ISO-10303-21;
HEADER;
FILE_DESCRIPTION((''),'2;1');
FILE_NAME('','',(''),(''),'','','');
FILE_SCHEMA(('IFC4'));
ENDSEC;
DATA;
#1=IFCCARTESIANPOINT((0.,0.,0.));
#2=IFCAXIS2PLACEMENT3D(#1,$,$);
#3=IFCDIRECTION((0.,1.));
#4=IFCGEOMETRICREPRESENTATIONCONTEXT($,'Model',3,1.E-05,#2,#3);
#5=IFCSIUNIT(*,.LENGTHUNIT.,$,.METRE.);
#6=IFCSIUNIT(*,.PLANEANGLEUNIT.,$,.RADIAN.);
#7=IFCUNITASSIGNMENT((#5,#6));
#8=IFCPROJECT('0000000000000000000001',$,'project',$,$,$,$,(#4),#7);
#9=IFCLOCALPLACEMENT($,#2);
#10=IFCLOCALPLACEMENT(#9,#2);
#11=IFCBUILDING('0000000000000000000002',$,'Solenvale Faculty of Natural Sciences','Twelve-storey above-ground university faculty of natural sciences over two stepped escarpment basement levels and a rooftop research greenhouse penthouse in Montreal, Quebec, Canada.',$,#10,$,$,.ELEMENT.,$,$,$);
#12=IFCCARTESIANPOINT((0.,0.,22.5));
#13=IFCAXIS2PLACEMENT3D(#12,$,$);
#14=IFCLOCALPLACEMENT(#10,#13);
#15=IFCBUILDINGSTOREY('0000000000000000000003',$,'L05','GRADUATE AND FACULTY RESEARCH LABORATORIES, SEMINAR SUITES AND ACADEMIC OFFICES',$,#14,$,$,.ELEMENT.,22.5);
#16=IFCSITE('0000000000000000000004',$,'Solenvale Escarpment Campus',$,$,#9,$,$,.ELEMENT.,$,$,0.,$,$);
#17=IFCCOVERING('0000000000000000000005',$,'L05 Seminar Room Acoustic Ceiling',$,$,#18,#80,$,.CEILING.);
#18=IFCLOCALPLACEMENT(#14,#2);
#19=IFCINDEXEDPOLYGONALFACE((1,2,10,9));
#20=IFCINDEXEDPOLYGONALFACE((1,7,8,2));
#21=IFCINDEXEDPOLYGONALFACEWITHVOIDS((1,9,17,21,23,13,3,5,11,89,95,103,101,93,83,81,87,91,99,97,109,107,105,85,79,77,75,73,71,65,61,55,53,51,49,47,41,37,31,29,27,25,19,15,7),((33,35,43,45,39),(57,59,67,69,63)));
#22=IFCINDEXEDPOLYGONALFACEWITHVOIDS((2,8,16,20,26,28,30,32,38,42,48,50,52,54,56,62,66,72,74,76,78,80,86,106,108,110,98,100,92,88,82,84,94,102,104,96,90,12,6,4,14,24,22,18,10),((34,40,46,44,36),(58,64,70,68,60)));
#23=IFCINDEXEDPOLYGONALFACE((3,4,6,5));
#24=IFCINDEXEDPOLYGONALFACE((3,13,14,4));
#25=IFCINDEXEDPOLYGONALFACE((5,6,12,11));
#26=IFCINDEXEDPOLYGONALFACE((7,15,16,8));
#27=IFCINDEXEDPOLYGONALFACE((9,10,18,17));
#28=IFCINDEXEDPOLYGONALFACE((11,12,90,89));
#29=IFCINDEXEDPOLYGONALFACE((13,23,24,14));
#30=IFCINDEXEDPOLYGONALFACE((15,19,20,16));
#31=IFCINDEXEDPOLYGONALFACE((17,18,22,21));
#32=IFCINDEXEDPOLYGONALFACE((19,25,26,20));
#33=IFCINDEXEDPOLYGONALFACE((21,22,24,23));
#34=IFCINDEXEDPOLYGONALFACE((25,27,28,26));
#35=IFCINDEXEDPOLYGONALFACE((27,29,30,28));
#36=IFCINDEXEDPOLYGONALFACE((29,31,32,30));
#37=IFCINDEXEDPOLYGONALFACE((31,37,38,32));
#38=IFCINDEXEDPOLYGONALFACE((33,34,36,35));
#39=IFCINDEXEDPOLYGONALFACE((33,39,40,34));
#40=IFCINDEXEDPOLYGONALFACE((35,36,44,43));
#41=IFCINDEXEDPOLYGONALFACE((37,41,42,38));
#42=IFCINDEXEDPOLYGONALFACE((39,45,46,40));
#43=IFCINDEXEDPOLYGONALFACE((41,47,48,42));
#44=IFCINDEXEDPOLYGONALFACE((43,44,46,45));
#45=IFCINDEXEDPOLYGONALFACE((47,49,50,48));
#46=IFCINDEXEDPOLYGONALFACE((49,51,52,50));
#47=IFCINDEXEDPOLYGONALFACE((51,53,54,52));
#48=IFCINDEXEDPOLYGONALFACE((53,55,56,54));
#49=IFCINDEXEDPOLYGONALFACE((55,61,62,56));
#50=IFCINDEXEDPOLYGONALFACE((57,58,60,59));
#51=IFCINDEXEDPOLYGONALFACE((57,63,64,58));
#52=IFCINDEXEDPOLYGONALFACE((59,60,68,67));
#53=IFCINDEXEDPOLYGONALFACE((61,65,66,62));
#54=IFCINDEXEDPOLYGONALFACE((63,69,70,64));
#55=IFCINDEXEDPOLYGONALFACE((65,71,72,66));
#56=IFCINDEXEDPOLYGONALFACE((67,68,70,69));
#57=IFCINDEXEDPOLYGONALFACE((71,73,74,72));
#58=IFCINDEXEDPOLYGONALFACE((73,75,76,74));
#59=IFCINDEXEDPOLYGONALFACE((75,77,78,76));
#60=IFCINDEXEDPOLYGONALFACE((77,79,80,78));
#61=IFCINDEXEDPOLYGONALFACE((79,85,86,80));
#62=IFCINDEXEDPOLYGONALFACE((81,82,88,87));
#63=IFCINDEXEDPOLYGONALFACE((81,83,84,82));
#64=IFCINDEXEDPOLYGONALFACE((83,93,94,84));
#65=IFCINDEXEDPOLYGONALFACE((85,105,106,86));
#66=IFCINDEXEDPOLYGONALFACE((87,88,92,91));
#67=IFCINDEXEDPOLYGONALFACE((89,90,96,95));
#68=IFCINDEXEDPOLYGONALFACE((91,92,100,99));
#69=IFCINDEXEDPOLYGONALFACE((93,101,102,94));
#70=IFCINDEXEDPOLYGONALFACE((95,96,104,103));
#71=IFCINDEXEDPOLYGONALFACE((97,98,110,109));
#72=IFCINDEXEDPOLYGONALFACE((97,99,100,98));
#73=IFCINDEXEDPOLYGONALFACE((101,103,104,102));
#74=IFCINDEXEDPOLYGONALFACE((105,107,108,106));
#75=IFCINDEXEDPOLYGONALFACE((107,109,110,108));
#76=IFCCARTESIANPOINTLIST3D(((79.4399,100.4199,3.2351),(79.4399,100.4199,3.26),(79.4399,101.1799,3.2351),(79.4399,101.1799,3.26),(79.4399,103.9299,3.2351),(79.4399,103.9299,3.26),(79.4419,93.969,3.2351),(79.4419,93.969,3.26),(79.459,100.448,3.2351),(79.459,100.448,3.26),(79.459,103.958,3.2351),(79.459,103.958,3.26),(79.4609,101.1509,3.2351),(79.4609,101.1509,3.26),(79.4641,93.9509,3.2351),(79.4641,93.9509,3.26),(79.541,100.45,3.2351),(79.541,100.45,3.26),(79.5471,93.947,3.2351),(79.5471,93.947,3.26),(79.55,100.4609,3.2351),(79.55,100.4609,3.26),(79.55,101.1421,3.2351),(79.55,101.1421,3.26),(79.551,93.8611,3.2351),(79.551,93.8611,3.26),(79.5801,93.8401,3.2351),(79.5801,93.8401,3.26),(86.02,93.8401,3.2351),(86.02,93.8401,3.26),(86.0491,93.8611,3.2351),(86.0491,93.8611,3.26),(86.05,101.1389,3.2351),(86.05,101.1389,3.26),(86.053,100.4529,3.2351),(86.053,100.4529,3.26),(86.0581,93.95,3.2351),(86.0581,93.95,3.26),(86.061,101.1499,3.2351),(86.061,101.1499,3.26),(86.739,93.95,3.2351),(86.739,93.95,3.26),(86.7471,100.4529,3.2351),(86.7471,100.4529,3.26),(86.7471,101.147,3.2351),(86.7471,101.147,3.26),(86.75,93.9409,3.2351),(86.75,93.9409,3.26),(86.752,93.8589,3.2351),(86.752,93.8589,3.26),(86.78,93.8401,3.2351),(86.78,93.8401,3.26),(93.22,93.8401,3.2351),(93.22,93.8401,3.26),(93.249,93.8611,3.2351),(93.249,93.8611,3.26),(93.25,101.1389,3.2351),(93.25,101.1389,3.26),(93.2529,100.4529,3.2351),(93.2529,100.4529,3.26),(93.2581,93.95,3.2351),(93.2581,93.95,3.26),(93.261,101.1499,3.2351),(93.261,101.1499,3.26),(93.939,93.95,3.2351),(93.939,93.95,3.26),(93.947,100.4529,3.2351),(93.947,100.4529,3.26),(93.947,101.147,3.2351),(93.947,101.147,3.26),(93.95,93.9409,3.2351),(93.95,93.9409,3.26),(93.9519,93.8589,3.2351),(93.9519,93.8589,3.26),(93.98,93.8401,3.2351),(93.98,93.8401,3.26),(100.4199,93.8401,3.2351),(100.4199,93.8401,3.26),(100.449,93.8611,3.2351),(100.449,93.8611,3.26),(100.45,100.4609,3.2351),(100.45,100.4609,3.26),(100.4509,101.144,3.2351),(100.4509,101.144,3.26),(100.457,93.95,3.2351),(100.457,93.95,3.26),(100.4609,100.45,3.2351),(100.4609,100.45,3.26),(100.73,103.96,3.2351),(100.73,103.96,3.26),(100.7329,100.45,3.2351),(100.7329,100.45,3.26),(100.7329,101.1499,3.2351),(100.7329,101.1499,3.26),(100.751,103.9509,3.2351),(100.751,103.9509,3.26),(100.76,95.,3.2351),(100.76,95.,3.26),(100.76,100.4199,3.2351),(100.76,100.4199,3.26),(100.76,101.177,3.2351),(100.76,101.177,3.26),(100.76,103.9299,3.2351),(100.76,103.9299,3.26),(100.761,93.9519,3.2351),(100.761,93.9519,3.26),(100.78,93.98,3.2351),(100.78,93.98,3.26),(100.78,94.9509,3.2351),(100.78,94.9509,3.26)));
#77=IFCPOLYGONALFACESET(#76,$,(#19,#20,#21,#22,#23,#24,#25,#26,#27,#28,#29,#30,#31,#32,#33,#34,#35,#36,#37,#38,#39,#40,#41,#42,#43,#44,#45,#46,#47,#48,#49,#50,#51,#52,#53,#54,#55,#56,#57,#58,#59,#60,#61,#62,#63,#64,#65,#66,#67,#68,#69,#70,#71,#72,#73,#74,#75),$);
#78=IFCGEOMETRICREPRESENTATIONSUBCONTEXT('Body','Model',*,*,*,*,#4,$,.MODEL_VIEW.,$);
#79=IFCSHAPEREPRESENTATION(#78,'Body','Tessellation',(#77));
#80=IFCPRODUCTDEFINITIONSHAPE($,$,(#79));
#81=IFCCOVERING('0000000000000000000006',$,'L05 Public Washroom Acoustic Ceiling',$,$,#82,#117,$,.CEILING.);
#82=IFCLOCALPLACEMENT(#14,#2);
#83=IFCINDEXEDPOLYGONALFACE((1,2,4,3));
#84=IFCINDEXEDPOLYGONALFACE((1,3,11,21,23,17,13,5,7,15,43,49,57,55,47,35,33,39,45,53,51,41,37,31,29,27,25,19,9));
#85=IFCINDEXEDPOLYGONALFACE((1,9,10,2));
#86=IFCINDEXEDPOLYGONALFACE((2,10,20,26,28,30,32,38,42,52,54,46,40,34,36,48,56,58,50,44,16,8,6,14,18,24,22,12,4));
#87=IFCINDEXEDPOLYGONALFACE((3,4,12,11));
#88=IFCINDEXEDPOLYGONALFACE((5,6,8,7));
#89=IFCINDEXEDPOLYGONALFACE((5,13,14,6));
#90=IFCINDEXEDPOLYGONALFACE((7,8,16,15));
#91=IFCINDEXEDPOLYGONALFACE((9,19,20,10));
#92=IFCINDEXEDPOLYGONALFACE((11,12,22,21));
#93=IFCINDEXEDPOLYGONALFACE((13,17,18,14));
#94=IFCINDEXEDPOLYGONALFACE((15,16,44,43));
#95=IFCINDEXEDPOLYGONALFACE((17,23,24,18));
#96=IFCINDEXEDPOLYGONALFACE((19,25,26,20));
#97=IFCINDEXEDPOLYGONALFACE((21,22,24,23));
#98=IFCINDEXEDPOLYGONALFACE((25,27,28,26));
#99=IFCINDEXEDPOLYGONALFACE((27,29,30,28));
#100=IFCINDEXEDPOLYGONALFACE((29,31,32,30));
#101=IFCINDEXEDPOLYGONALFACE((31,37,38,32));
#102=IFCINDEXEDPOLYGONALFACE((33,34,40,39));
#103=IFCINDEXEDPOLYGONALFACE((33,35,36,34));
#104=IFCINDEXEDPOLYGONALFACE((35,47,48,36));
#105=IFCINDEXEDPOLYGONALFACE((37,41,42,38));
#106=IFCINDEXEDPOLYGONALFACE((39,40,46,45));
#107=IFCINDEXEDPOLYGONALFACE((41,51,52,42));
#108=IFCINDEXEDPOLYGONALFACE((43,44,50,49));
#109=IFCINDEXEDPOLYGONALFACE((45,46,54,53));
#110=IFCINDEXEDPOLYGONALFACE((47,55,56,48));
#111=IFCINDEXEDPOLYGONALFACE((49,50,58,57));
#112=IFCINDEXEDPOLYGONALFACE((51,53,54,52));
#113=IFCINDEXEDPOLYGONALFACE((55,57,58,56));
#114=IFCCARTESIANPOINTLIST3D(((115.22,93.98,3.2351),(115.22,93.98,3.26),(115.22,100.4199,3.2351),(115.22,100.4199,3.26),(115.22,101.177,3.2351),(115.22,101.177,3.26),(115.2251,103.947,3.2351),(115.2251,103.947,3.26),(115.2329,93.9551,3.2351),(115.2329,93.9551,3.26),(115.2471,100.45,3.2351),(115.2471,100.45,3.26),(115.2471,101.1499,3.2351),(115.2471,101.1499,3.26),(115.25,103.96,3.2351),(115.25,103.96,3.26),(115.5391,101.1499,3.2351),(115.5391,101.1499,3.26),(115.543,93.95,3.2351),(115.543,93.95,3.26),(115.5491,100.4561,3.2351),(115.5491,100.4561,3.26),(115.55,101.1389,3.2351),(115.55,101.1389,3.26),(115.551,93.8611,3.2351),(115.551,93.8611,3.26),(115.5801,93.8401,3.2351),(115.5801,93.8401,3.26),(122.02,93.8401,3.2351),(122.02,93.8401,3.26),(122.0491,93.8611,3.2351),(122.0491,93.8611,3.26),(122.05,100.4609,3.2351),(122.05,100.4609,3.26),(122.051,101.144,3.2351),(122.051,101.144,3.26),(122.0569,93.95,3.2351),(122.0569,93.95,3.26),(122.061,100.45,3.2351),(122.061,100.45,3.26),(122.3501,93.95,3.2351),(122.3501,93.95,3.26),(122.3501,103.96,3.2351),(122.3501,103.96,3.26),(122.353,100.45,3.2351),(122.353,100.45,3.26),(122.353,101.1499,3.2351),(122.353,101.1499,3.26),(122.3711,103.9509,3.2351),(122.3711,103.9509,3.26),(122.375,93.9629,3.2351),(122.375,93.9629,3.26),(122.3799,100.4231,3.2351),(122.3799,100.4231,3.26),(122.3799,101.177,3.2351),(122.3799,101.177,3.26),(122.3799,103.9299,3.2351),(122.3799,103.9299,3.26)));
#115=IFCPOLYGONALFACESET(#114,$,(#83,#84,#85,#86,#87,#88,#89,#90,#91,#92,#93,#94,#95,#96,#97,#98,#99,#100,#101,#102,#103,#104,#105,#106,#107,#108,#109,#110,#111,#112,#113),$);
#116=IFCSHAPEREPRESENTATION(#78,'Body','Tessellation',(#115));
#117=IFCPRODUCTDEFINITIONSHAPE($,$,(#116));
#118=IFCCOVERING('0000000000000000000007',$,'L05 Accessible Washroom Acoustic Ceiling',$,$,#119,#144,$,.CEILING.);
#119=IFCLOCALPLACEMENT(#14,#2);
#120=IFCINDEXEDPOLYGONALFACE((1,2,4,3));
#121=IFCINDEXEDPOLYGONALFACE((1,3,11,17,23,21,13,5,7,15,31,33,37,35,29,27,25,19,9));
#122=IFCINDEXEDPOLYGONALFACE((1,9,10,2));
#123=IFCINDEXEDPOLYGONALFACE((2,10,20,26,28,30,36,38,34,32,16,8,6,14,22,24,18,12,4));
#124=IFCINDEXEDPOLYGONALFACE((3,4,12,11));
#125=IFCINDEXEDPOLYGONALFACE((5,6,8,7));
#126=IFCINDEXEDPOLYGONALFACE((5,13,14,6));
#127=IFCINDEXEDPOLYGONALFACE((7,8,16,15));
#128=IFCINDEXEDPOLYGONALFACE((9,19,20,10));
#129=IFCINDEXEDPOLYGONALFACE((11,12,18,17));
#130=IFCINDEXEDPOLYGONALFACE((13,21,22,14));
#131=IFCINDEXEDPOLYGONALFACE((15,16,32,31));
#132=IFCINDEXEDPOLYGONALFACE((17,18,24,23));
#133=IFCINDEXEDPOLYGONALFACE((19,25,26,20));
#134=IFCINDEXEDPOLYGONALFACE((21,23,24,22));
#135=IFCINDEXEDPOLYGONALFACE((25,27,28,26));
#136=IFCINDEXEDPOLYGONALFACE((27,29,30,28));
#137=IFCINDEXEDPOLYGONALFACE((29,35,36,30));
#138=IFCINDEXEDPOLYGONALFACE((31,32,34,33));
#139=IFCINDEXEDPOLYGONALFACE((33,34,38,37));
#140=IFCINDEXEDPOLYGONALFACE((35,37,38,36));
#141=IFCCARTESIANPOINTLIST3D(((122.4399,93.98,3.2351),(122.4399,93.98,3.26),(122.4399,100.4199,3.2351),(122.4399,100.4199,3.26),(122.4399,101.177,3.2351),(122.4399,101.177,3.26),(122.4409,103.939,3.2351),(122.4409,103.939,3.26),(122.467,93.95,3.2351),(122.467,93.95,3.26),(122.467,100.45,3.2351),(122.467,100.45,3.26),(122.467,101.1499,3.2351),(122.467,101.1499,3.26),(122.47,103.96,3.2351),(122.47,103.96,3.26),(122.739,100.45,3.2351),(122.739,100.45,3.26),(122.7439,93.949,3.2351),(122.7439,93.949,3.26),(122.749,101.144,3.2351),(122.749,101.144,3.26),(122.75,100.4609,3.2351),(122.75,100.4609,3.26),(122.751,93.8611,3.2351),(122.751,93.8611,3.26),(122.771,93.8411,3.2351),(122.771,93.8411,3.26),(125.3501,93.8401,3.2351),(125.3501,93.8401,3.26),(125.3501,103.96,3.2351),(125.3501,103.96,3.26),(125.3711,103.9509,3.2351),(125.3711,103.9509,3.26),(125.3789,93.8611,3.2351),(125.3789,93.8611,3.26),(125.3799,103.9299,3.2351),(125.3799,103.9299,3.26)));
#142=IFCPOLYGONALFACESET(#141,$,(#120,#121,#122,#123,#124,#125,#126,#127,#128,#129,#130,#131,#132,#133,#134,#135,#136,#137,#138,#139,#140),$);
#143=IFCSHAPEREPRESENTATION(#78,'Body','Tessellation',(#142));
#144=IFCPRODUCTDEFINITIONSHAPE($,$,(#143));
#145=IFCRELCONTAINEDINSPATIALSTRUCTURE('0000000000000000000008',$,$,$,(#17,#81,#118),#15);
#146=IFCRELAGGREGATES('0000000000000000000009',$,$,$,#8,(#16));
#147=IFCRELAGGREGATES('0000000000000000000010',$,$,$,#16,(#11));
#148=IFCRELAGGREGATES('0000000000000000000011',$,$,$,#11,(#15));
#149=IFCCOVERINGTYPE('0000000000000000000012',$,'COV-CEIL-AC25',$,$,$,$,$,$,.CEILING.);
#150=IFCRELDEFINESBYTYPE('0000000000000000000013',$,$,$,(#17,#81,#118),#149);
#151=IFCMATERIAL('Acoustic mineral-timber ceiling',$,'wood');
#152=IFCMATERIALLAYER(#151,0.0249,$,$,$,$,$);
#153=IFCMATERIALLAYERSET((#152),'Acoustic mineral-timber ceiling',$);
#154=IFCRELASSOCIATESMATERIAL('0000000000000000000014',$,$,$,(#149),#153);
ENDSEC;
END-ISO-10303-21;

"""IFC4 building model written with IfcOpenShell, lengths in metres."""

from ifc_helpers import new_model, si_unit, direction, frame, origin, place, context, subcontext, project, spatial, polyline, outline, extrude, material, layer, layer_set, type_object, element, save


model = new_model("IFC4")

# Units and contexts
model_context = context("Model", 3, precision=1e-05, world=origin(), true_north=direction((0.0, 1.0)))
body_context = subcontext(model_context, "Body", "Model", "MODEL_VIEW")
ifc_project = project(units=[si_unit("LENGTHUNIT", "METRE"), si_unit("PLANEANGLEUNIT", "RADIAN")], contexts=[model_context])

# Site, building, storey
site_placement = place(None, origin())
site = spatial("IfcSite", under=ifc_project, at=site_placement, Name="Solenvale Escarpment Campus", CompositionType="ELEMENT", RefElevation=0.0)
building_placement = place(site_placement, origin())
building = spatial("IfcBuilding", under=site, at=building_placement, Name="Solenvale Faculty of Natural Sciences", Description="Twelve-storey above-ground university faculty of natural sciences over two stepped escarpment basement levels and a rooftop research greenhouse penthouse in Montreal, Quebec, Canada.", CompositionType="ELEMENT")
storey_placement = place(building_placement, frame((0.0, 0.0, 22.5)))
storey = spatial("IfcBuildingStorey", under=building, at=storey_placement, Name="L05", Description="GRADUATE AND FACULTY RESEARCH LABORATORIES, SEMINAR SUITES AND ACADEMIC OFFICES", CompositionType="ELEMENT", Elevation=22.5)

# Coverings
ifc_material_1 = material(Name="Acoustic mineral-timber ceiling", Category="wood")
ifc_layer_1 = layer(ifc_material_1, 0.0249)
ifc_layer_set_1 = layer_set([ifc_layer_1], Name="Acoustic mineral-timber ceiling")
covering_type_1 = type_object("IfcCoveringType", Name="COV-CEIL-AC25", PredefinedType="CEILING", material=ifc_layer_set_1)
covering_1_placement = place(storey_placement, frame((0.0, 0.0, 3.2351)))
element("IfcCovering", 1, at=covering_1_placement, inside=storey, type_object=covering_type_1, Name="L05 Seminar Room Acoustic Ceiling", PredefinedType="CEILING", context=body_context, shape_type="SweptSolid", body=[
    extrude(outline(polyline([(100.73, 103.96), (100.751, 103.9509), (100.76, 103.9299), (100.76, 101.177), (100.7329, 101.1499), (100.4509, 101.144), (100.45, 100.4609), (100.4609, 100.45), (100.7329, 100.45), (100.76, 100.4199), (100.76, 95.0), (100.78, 94.9509), (100.78, 93.98), (100.761, 93.9519), (100.457, 93.95), (100.449, 93.8611), (100.4199, 93.8401), (93.98, 93.8401), (93.9519, 93.8589), (93.95, 93.9409), (93.939, 93.95), (93.2581, 93.95), (93.249, 93.8611), (93.22, 93.8401), (86.78, 93.8401), (86.752, 93.8589), (86.75, 93.9409), (86.739, 93.95), (86.0581, 93.95), (86.0491, 93.8611), (86.02, 93.8401), (79.5801, 93.8401), (79.551, 93.8611), (79.5471, 93.947), (79.4641, 93.9509), (79.4419, 93.969), (79.4399, 100.4199), (79.459, 100.448), (79.541, 100.45), (79.55, 100.4609), (79.55, 101.1421), (79.4609, 101.1509), (79.4399, 101.1799), (79.4399, 103.9299), (79.459, 103.958), (100.73, 103.96)]), holes=[polyline([(93.261, 101.1499), (93.25, 101.1389), (93.2529, 100.4529), (93.947, 100.4529), (93.947, 101.147), (93.261, 101.1499)]), polyline([(86.061, 101.1499), (86.05, 101.1389), (86.053, 100.4529), (86.7471, 100.4529), (86.7471, 101.147), (86.061, 101.1499)])]), origin(), (0.0, 0.0, 1.0), 0.0249),
])
covering_2_placement = place(storey_placement, frame((0.0, 0.0, 3.2351)))
element("IfcCovering", 2, at=covering_2_placement, inside=storey, type_object=covering_type_1, Name="L05 Public Washroom Acoustic Ceiling", PredefinedType="CEILING", context=body_context, shape_type="SweptSolid", body=[
    extrude(outline(polyline([(122.3501, 103.96), (122.3711, 103.9509), (122.3799, 103.9299), (122.3799, 101.177), (122.353, 101.1499), (122.051, 101.144), (122.05, 100.4609), (122.061, 100.45), (122.353, 100.45), (122.3799, 100.4231), (122.375, 93.9629), (122.3501, 93.95), (122.0569, 93.95), (122.0491, 93.8611), (122.02, 93.8401), (115.5801, 93.8401), (115.551, 93.8611), (115.543, 93.95), (115.2329, 93.9551), (115.22, 93.98), (115.22, 100.4199), (115.2471, 100.45), (115.5491, 100.4561), (115.55, 101.1389), (115.5391, 101.1499), (115.2471, 101.1499), (115.22, 101.177), (115.2251, 103.947), (115.25, 103.96), (122.3501, 103.96)])), origin(), (0.0, 0.0, 1.0), 0.0249),
])
covering_3_placement = place(storey_placement, frame((0.0, 0.0, 3.2351)))
element("IfcCovering", 3, at=covering_3_placement, inside=storey, type_object=covering_type_1, Name="L05 Accessible Washroom Acoustic Ceiling", PredefinedType="CEILING", context=body_context, shape_type="SweptSolid", body=[
    extrude(outline(polyline([(125.3501, 103.96), (125.3711, 103.9509), (125.3799, 103.9299), (125.3789, 93.8611), (125.3501, 93.8401), (122.771, 93.8411), (122.751, 93.8611), (122.7439, 93.949), (122.467, 93.95), (122.4399, 93.98), (122.4399, 100.4199), (122.467, 100.45), (122.739, 100.45), (122.75, 100.4609), (122.749, 101.144), (122.467, 101.1499), (122.4399, 101.177), (122.4409, 103.939), (122.47, 103.96), (125.3501, 103.96)])), origin(), (0.0, 0.0, 1.0), 0.0249),
])

save(model, "model.ifc")
